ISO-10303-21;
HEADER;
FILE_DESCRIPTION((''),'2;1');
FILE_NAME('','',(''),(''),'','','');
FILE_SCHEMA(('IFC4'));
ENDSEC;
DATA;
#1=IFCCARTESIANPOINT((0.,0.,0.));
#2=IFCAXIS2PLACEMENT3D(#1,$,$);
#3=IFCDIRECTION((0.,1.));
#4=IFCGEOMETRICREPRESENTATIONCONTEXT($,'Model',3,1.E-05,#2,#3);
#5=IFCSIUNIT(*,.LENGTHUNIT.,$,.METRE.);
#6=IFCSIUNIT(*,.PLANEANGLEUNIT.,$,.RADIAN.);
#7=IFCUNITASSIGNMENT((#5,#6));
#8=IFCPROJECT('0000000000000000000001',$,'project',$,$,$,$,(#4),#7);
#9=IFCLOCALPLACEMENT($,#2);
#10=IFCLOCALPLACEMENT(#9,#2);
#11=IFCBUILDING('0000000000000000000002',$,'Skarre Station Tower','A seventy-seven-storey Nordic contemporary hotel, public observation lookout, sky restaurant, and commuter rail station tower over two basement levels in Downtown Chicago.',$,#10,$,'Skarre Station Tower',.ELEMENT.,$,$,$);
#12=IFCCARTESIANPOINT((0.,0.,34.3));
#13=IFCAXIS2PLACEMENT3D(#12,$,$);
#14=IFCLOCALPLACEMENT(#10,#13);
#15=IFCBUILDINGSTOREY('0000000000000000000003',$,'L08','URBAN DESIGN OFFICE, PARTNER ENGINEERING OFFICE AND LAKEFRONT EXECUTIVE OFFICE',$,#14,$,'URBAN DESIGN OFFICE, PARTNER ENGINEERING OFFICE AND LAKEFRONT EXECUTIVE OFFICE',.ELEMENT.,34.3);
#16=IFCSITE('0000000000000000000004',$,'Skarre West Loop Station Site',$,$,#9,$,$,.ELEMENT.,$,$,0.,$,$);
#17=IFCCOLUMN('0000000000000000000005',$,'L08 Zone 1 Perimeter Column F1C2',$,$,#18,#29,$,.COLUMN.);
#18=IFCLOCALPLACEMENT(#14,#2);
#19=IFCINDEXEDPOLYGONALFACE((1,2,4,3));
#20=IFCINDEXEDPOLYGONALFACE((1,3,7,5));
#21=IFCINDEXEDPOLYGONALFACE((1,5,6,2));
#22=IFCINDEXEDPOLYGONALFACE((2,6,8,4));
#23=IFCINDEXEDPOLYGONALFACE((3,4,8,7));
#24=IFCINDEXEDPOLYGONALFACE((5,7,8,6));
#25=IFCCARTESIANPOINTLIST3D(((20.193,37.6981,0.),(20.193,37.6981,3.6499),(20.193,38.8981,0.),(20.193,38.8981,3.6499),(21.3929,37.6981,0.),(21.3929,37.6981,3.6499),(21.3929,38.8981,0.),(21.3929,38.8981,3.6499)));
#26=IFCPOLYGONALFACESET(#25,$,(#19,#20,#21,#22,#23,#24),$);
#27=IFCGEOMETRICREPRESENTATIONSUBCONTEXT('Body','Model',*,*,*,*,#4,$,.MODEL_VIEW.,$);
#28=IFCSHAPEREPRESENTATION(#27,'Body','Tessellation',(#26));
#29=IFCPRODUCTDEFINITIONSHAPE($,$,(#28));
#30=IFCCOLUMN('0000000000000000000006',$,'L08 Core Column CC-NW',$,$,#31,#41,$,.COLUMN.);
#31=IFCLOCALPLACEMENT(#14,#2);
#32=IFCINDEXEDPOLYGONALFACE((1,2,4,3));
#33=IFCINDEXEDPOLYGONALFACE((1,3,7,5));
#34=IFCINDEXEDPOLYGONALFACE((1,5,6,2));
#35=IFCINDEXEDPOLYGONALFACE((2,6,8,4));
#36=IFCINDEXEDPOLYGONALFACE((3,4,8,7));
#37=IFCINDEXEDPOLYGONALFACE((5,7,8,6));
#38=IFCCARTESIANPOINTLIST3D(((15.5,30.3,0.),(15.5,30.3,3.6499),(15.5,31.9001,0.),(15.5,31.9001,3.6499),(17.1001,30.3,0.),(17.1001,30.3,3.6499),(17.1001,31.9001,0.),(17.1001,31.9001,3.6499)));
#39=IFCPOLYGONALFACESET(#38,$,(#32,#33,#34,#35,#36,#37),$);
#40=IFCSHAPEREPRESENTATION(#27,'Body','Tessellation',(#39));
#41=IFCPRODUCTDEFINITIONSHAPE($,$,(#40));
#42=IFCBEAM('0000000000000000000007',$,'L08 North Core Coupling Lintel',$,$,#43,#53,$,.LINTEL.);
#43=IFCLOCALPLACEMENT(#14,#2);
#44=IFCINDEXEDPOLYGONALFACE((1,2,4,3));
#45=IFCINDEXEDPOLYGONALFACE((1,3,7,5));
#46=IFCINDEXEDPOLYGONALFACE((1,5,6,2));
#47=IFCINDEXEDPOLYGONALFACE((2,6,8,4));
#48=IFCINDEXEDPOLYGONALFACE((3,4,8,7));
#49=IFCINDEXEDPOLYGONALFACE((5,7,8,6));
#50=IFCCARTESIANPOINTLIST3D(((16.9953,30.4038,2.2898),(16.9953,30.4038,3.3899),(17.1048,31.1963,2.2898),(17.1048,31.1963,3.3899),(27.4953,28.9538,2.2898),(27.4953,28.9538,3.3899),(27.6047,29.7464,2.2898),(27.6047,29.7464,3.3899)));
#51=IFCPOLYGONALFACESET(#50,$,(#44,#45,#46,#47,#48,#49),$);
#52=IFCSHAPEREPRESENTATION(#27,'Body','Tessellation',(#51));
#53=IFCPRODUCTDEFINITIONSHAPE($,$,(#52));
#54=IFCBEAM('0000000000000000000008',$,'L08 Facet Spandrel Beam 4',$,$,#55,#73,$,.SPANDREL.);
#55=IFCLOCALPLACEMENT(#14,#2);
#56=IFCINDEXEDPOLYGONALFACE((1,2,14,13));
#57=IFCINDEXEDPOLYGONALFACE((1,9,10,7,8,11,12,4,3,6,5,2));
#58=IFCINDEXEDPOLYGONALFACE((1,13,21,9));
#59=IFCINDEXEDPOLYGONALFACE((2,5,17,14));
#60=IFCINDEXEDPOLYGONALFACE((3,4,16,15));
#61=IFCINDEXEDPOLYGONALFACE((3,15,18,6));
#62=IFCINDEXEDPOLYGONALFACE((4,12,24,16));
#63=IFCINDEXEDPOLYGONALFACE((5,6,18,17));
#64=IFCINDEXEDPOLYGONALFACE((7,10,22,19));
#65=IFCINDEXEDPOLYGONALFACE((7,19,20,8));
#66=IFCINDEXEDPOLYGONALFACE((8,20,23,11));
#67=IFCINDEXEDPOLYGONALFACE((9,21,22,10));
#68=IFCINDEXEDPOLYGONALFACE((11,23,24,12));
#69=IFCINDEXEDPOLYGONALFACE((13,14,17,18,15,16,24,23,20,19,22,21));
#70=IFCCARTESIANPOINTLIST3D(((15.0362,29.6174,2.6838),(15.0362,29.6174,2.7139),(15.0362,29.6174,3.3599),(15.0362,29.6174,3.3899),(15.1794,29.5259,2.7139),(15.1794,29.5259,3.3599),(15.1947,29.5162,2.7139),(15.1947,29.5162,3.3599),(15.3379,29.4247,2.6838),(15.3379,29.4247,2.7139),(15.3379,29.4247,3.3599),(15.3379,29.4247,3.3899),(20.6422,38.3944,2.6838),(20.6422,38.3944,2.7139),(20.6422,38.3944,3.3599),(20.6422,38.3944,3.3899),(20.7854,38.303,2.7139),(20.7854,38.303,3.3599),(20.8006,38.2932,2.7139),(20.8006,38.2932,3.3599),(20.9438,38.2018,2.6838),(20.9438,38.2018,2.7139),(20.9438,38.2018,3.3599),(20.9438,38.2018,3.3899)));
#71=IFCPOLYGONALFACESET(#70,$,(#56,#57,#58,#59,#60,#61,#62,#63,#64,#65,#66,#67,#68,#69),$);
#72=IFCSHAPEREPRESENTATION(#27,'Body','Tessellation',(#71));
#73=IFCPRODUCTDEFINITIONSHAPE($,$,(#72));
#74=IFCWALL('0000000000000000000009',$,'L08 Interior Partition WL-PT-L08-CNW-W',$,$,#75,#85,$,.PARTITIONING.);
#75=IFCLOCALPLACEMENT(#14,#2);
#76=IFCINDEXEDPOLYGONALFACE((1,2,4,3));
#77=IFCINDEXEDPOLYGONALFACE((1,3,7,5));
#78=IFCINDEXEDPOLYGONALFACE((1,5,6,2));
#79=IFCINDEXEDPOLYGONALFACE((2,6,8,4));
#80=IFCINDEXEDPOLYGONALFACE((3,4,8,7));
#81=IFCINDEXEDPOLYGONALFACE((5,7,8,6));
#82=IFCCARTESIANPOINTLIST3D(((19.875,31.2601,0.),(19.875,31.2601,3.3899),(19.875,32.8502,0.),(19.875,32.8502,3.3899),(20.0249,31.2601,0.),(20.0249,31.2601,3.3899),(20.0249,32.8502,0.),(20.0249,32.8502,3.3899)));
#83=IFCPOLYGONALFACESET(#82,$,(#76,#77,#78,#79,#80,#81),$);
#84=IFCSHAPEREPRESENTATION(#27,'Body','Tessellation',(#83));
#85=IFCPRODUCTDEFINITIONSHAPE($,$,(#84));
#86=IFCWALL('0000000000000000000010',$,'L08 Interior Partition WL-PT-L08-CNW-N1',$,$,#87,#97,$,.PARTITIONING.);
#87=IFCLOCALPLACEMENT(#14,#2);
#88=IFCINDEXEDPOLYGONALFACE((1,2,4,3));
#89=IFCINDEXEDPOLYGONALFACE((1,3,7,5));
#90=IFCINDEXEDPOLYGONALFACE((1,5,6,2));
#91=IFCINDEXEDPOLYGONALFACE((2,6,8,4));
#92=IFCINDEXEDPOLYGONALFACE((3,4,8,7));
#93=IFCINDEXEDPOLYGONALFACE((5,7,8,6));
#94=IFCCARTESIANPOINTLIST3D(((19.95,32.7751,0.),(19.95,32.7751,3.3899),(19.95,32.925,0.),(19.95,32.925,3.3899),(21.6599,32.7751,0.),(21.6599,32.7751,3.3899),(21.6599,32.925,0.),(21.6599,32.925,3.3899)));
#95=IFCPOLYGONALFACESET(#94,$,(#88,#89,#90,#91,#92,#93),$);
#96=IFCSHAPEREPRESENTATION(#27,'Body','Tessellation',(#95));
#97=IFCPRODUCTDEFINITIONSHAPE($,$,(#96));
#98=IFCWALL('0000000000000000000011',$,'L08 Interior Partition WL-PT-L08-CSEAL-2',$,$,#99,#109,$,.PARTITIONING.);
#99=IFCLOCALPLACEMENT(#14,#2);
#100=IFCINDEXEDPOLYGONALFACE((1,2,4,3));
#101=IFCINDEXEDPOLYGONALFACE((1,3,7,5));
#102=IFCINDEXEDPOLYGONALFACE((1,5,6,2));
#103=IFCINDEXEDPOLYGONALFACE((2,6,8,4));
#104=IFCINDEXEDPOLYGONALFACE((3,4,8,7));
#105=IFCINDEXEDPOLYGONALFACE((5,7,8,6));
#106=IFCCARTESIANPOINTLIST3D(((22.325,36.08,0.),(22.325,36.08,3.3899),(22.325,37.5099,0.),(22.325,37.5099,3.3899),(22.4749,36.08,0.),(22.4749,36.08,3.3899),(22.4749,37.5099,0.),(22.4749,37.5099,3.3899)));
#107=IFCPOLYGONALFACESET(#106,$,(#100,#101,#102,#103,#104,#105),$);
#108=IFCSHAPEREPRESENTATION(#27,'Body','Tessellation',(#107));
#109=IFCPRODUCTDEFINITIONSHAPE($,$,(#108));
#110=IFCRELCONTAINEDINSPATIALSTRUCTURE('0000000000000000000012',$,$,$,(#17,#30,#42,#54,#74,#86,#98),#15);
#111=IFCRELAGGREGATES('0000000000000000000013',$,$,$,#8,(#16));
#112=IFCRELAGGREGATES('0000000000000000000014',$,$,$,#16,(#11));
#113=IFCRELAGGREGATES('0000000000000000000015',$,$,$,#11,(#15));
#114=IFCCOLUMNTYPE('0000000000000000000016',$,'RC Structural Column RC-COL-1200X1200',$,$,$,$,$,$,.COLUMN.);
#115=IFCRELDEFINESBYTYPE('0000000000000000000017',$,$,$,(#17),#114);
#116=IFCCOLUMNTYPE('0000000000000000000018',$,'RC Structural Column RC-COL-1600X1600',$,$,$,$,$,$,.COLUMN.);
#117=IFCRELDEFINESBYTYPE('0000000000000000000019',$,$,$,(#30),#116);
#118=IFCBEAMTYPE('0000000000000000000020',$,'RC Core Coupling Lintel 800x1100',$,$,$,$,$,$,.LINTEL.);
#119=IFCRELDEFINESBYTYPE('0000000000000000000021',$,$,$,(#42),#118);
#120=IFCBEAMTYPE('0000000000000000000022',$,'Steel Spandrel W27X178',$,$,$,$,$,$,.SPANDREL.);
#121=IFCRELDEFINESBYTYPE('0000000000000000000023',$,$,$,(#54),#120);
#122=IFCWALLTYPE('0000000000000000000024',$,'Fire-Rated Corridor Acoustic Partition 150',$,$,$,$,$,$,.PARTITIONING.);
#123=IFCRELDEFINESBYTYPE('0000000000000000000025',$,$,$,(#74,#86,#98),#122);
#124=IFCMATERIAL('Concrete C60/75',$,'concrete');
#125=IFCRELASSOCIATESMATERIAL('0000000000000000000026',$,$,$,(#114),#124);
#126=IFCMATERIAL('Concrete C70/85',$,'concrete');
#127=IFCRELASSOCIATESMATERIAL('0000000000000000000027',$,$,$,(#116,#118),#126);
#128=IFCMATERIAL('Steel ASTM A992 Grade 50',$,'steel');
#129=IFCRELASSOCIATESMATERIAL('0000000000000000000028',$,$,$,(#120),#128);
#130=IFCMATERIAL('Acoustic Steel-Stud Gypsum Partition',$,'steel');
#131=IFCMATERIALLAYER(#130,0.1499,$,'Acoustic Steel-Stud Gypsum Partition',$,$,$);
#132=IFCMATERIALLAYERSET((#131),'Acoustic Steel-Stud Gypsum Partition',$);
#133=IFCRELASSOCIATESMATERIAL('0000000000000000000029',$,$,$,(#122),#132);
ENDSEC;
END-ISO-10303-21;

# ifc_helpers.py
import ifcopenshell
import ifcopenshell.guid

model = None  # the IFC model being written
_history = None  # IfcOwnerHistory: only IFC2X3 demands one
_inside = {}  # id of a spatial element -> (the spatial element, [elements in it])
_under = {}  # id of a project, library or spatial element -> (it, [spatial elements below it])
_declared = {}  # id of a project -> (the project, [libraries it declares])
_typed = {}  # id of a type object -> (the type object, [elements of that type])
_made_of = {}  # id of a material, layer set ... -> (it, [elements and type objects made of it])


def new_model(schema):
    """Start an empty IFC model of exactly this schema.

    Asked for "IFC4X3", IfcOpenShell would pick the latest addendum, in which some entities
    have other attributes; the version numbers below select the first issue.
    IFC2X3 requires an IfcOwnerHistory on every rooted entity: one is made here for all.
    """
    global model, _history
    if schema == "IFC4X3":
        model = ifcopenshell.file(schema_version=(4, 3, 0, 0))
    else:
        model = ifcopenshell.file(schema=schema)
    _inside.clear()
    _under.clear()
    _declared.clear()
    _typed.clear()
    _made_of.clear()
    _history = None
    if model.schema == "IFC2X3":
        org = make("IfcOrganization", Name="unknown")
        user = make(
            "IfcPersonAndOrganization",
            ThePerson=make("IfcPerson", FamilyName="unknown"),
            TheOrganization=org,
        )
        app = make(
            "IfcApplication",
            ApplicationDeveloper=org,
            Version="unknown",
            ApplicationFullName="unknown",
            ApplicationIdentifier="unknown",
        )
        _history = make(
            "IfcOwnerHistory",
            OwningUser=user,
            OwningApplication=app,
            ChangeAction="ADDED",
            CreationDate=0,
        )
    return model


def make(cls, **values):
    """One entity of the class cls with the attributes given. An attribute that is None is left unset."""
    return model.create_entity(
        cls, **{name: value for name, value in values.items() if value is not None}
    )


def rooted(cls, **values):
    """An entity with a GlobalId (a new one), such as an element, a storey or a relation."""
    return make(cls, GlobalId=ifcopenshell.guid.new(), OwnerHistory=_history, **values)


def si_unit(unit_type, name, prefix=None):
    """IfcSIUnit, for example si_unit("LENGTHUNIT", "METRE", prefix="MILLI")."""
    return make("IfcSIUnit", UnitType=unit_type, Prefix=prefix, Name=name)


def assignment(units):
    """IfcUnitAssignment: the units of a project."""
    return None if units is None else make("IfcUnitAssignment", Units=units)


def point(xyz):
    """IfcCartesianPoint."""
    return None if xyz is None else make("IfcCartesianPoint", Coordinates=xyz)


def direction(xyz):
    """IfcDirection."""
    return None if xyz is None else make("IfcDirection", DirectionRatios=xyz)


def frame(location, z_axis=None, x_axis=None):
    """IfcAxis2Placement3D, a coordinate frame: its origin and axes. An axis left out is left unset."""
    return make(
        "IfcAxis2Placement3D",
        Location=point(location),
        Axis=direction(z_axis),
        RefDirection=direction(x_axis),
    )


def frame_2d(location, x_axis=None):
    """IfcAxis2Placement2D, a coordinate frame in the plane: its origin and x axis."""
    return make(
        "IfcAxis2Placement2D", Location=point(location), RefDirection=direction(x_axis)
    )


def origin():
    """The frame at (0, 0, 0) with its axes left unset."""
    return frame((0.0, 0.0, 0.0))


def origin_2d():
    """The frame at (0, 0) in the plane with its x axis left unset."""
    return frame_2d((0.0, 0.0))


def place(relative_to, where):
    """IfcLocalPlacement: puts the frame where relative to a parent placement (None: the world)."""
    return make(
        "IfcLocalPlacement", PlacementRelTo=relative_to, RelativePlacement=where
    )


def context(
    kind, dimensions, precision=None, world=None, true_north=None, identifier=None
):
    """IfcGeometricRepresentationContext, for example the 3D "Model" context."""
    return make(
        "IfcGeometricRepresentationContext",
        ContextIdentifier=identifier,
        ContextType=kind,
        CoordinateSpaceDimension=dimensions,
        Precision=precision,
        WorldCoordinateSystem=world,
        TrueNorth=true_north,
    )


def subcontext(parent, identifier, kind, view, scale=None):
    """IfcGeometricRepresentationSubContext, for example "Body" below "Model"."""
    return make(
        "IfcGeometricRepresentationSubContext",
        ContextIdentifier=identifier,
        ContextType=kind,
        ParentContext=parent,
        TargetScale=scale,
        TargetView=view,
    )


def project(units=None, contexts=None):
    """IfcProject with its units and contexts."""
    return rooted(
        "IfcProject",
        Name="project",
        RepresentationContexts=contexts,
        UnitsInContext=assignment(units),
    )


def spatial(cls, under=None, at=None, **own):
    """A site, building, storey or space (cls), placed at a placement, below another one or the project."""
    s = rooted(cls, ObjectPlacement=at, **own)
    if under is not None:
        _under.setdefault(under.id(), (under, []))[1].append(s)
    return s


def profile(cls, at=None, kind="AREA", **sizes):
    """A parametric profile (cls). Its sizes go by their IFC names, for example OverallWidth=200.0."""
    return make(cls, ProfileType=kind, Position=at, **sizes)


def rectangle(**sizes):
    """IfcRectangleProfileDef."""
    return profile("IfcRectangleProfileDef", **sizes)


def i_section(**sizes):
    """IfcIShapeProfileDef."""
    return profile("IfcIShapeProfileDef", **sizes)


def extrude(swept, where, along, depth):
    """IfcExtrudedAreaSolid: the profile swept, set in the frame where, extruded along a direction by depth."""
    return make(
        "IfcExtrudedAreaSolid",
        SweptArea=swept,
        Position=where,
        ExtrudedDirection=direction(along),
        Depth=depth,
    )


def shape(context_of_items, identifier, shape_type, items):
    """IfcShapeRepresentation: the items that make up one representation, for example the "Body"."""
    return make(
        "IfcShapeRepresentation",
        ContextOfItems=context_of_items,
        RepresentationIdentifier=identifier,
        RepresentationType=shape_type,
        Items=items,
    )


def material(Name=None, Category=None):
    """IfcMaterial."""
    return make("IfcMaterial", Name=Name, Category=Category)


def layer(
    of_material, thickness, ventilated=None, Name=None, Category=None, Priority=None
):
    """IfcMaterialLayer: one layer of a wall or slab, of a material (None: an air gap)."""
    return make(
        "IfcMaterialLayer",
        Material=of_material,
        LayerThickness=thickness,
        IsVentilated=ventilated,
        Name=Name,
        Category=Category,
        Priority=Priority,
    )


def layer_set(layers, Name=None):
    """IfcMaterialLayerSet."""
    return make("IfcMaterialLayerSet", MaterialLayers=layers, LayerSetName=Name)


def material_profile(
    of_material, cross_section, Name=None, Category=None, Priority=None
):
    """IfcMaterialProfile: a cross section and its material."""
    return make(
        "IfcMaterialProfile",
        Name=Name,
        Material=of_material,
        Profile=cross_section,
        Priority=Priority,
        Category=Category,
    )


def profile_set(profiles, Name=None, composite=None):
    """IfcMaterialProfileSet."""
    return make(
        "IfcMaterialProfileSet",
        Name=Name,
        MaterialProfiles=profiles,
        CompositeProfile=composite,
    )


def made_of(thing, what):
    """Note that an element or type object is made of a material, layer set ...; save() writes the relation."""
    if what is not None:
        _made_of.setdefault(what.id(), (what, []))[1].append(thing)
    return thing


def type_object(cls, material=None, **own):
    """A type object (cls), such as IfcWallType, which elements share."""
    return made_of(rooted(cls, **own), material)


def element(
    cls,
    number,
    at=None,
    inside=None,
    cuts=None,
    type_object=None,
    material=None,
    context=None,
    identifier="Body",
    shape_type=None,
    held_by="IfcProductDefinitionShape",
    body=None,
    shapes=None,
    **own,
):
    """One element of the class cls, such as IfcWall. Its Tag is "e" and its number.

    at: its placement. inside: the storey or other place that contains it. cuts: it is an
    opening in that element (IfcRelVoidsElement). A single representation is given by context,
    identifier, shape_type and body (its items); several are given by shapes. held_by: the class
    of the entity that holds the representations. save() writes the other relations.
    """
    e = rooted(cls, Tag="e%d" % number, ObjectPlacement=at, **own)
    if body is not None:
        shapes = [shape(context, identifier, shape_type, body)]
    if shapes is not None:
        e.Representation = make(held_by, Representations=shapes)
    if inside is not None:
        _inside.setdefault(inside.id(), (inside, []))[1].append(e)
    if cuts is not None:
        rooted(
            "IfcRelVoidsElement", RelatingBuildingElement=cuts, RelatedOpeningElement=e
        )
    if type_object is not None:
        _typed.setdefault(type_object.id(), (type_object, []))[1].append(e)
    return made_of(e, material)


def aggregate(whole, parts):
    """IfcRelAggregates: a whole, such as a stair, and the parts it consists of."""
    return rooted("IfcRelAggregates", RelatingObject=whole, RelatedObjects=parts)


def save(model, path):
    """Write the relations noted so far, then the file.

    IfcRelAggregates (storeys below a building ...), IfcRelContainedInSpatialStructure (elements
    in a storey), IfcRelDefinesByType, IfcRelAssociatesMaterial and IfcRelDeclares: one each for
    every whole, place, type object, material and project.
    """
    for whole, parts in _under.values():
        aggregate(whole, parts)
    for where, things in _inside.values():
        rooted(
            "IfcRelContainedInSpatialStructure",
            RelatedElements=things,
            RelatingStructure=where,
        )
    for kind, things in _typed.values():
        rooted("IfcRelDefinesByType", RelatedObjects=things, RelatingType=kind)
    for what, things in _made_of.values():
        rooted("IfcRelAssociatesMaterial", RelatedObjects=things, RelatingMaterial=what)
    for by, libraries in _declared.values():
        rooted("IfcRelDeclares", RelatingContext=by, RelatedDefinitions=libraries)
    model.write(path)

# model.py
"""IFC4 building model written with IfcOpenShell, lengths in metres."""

from ifc_helpers import new_model, si_unit, direction, frame, frame_2d, origin, origin_2d, place, context, subcontext, project, spatial, rectangle, i_section, extrude, material, layer, layer_set, material_profile, profile_set, type_object, element, save


model = new_model("IFC4")

# Units and contexts
model_context = context("Model", 3, precision=1e-05, world=origin(), true_north=direction((0.0, 1.0)))
body_context = subcontext(model_context, "Body", "Model", "MODEL_VIEW")
ifc_project = project(units=[si_unit("LENGTHUNIT", "METRE"), si_unit("PLANEANGLEUNIT", "RADIAN")], contexts=[model_context])

# Site, building, storey
site_placement = place(None, origin())
site = spatial("IfcSite", under=ifc_project, at=site_placement, Name="Skarre West Loop Station Site", CompositionType="ELEMENT", RefElevation=0.0)
building_placement = place(site_placement, origin())
building = spatial("IfcBuilding", under=site, at=building_placement, Name="Skarre Station Tower", Description="A seventy-seven-storey Nordic contemporary hotel, public observation lookout, sky restaurant, and commuter rail station tower over two basement levels in Downtown Chicago.", LongName="Skarre Station Tower", CompositionType="ELEMENT")
storey_placement = place(building_placement, frame((0.0, 0.0, 34.3)))
storey = spatial("IfcBuildingStorey", under=building, at=storey_placement, Name="L08", Description="URBAN DESIGN OFFICE, PARTNER ENGINEERING OFFICE AND LAKEFRONT EXECUTIVE OFFICE", LongName="URBAN DESIGN OFFICE, PARTNER ENGINEERING OFFICE AND LAKEFRONT EXECUTIVE OFFICE", CompositionType="ELEMENT", Elevation=34.3)

# Columns
ifc_material_1 = material(Name="Concrete C60/75", Category="concrete")
ifc_material_profile_1 = material_profile(ifc_material_1, rectangle(XDim=1.2, YDim=1.2, at=origin_2d()), Name="Concrete C60/75")
ifc_profile_set_1 = profile_set([ifc_material_profile_1], Name="Concrete C60/75")
column_type_1 = type_object("IfcColumnType", Name="RC Structural Column RC-COL-1200X1200", PredefinedType="COLUMN", material=ifc_profile_set_1)
column_1_placement = place(storey_placement, frame((20.793, 38.2981, 0.0), z_axis=(0.0, 0.0, 1.0), x_axis=(1.0, 0.0, 0.0)))
element("IfcColumn", 1, at=column_1_placement, inside=storey, type_object=column_type_1, Name="L08 Zone 1 Perimeter Column F1C2", PredefinedType="COLUMN", context=body_context, shape_type="SweptSolid", body=[
    extrude(rectangle(XDim=1.2, YDim=1.2, at=origin_2d()), origin(), (0.0, 0.0, 1.0), 3.6499),
])
ifc_material_2 = material(Name="Concrete C70/85", Category="concrete")
ifc_material_profile_2 = material_profile(ifc_material_2, rectangle(XDim=1.6001, YDim=1.6001, at=origin_2d()), Name="Concrete C70/85")
ifc_profile_set_2 = profile_set([ifc_material_profile_2], Name="Concrete C70/85")
column_type_2 = type_object("IfcColumnType", Name="RC Structural Column RC-COL-1600X1600", PredefinedType="COLUMN", material=ifc_profile_set_2)
column_2_placement = place(storey_placement, frame((16.3, 31.1001, 0.0), z_axis=(0.0, 0.0, 1.0), x_axis=(1.0, 0.0, 0.0)))
element("IfcColumn", 2, at=column_2_placement, inside=storey, type_object=column_type_2, Name="L08 Core Column CC-NW", PredefinedType="COLUMN", context=body_context, shape_type="SweptSolid", body=[
    extrude(rectangle(XDim=1.6001, YDim=1.6001, at=origin_2d()), origin(), (0.0, 0.0, 1.0), 3.6499),
])

# Beams
ifc_material_profile_3 = material_profile(ifc_material_2, rectangle(XDim=0.8, YDim=1.1001, at=origin_2d()), Name="Concrete C70/85")
ifc_profile_set_3 = profile_set([ifc_material_profile_3], Name="Concrete C70/85")
beam_type_1 = type_object("IfcBeamType", Name="RC Core Coupling Lintel 800x1100", PredefinedType="LINTEL", material=ifc_profile_set_3)
beam_1_placement = place(storey_placement, frame((17.05, 30.8, 2.8398), z_axis=(0.9906, -0.136792, 0.0), x_axis=(0.136792, 0.9906, 0.0)))
element("IfcBeam", 3, at=beam_1_placement, inside=storey, type_object=beam_type_1, Name="L08 North Core Coupling Lintel", PredefinedType="LINTEL", context=body_context, shape_type="SweptSolid", body=[
    extrude(rectangle(XDim=0.8, YDim=1.1001, at=origin_2d()), origin(), (0.0, 0.0, 1.0), 10.5996),
])
ifc_material_3 = material(Name="Steel ASTM A992 Grade 50", Category="steel")
ifc_material_profile_4 = material_profile(ifc_material_3, i_section(OverallWidth=0.3579, OverallDepth=0.7061, WebThickness=0.0181, FlangeThickness=0.03, at=origin_2d()), Name="Steel ASTM A992 Grade 50")
ifc_profile_set_4 = profile_set([ifc_material_profile_4], Name="Steel ASTM A992 Grade 50")
beam_type_2 = type_object("IfcBeamType", Name="Steel Spandrel W27X178", PredefinedType="SPANDREL", material=ifc_profile_set_4)
beam_2_placement = place(storey_placement, frame((20.793, 38.2981, 3.0369), z_axis=(-0.538278, -0.842767, 0.0), x_axis=(0.842767, -0.538278, 0.0)))
element("IfcBeam", 4, at=beam_2_placement, inside=storey, type_object=beam_type_2, Name="L08 Facet Spandrel Beam 4", PredefinedType="SPANDREL", context=body_context, shape_type="SweptSolid", body=[
    extrude(i_section(OverallWidth=0.3579, OverallDepth=0.7061, WebThickness=0.0181, FlangeThickness=0.03, at=origin_2d()), origin(), (0.0, 0.0, 1.0), 10.4146),
])

# Walls
ifc_material_4 = material(Name="Acoustic Steel-Stud Gypsum Partition", Category="steel")
ifc_layer_1 = layer(ifc_material_4, 0.1499, Name="Acoustic Steel-Stud Gypsum Partition")
ifc_layer_set_1 = layer_set([ifc_layer_1], Name="Acoustic Steel-Stud Gypsum Partition")
wall_type_1 = type_object("IfcWallType", Name="Fire-Rated Corridor Acoustic Partition 150", PredefinedType="PARTITIONING", material=ifc_layer_set_1)
wall_1_placement = place(storey_placement, frame((19.95, 32.8501, 0.0), z_axis=(0.0, 0.0, 1.0), x_axis=(0.0, -1.0, 0.0)))
element("IfcWall", 5, at=wall_1_placement, inside=storey, type_object=wall_type_1, Name="L08 Interior Partition WL-PT-L08-CNW-W", PredefinedType="PARTITIONING", context=body_context, shape_type="SweptSolid", body=[
    extrude(rectangle(XDim=1.5901, YDim=0.1499, at=frame_2d((0.7949, 0.0))), origin(), (0.0, 0.0, 1.0), 3.3899),
])
wall_2_placement = place(storey_placement, frame((21.6599, 32.8501, 0.0), z_axis=(0.0, 0.0, 1.0), x_axis=(-1.0, 0.0, 0.0)))
element("IfcWall", 6, at=wall_2_placement, inside=storey, type_object=wall_type_1, Name="L08 Interior Partition WL-PT-L08-CNW-N1", PredefinedType="PARTITIONING", context=body_context, shape_type="SweptSolid", body=[
    extrude(rectangle(XDim=1.71, YDim=0.1499, at=frame_2d((0.855, 0.0))), origin(), (0.0, 0.0, 1.0), 3.3899),
])
wall_3_placement = place(storey_placement, frame((22.3999, 36.0801, 0.0), z_axis=(0.0, 0.0, 1.0), x_axis=(0.0, 1.0, 0.0)))
element("IfcWall", 7, at=wall_3_placement, inside=storey, type_object=wall_type_1, Name="L08 Interior Partition WL-PT-L08-CSEAL-2", PredefinedType="PARTITIONING", context=body_context, shape_type="SweptSolid", body=[
    extrude(rectangle(XDim=1.4299, YDim=0.1499, at=frame_2d((0.7148, 0.0))), origin(), (0.0, 0.0, 1.0), 3.3899),
])

save(model, "model.ifc")
